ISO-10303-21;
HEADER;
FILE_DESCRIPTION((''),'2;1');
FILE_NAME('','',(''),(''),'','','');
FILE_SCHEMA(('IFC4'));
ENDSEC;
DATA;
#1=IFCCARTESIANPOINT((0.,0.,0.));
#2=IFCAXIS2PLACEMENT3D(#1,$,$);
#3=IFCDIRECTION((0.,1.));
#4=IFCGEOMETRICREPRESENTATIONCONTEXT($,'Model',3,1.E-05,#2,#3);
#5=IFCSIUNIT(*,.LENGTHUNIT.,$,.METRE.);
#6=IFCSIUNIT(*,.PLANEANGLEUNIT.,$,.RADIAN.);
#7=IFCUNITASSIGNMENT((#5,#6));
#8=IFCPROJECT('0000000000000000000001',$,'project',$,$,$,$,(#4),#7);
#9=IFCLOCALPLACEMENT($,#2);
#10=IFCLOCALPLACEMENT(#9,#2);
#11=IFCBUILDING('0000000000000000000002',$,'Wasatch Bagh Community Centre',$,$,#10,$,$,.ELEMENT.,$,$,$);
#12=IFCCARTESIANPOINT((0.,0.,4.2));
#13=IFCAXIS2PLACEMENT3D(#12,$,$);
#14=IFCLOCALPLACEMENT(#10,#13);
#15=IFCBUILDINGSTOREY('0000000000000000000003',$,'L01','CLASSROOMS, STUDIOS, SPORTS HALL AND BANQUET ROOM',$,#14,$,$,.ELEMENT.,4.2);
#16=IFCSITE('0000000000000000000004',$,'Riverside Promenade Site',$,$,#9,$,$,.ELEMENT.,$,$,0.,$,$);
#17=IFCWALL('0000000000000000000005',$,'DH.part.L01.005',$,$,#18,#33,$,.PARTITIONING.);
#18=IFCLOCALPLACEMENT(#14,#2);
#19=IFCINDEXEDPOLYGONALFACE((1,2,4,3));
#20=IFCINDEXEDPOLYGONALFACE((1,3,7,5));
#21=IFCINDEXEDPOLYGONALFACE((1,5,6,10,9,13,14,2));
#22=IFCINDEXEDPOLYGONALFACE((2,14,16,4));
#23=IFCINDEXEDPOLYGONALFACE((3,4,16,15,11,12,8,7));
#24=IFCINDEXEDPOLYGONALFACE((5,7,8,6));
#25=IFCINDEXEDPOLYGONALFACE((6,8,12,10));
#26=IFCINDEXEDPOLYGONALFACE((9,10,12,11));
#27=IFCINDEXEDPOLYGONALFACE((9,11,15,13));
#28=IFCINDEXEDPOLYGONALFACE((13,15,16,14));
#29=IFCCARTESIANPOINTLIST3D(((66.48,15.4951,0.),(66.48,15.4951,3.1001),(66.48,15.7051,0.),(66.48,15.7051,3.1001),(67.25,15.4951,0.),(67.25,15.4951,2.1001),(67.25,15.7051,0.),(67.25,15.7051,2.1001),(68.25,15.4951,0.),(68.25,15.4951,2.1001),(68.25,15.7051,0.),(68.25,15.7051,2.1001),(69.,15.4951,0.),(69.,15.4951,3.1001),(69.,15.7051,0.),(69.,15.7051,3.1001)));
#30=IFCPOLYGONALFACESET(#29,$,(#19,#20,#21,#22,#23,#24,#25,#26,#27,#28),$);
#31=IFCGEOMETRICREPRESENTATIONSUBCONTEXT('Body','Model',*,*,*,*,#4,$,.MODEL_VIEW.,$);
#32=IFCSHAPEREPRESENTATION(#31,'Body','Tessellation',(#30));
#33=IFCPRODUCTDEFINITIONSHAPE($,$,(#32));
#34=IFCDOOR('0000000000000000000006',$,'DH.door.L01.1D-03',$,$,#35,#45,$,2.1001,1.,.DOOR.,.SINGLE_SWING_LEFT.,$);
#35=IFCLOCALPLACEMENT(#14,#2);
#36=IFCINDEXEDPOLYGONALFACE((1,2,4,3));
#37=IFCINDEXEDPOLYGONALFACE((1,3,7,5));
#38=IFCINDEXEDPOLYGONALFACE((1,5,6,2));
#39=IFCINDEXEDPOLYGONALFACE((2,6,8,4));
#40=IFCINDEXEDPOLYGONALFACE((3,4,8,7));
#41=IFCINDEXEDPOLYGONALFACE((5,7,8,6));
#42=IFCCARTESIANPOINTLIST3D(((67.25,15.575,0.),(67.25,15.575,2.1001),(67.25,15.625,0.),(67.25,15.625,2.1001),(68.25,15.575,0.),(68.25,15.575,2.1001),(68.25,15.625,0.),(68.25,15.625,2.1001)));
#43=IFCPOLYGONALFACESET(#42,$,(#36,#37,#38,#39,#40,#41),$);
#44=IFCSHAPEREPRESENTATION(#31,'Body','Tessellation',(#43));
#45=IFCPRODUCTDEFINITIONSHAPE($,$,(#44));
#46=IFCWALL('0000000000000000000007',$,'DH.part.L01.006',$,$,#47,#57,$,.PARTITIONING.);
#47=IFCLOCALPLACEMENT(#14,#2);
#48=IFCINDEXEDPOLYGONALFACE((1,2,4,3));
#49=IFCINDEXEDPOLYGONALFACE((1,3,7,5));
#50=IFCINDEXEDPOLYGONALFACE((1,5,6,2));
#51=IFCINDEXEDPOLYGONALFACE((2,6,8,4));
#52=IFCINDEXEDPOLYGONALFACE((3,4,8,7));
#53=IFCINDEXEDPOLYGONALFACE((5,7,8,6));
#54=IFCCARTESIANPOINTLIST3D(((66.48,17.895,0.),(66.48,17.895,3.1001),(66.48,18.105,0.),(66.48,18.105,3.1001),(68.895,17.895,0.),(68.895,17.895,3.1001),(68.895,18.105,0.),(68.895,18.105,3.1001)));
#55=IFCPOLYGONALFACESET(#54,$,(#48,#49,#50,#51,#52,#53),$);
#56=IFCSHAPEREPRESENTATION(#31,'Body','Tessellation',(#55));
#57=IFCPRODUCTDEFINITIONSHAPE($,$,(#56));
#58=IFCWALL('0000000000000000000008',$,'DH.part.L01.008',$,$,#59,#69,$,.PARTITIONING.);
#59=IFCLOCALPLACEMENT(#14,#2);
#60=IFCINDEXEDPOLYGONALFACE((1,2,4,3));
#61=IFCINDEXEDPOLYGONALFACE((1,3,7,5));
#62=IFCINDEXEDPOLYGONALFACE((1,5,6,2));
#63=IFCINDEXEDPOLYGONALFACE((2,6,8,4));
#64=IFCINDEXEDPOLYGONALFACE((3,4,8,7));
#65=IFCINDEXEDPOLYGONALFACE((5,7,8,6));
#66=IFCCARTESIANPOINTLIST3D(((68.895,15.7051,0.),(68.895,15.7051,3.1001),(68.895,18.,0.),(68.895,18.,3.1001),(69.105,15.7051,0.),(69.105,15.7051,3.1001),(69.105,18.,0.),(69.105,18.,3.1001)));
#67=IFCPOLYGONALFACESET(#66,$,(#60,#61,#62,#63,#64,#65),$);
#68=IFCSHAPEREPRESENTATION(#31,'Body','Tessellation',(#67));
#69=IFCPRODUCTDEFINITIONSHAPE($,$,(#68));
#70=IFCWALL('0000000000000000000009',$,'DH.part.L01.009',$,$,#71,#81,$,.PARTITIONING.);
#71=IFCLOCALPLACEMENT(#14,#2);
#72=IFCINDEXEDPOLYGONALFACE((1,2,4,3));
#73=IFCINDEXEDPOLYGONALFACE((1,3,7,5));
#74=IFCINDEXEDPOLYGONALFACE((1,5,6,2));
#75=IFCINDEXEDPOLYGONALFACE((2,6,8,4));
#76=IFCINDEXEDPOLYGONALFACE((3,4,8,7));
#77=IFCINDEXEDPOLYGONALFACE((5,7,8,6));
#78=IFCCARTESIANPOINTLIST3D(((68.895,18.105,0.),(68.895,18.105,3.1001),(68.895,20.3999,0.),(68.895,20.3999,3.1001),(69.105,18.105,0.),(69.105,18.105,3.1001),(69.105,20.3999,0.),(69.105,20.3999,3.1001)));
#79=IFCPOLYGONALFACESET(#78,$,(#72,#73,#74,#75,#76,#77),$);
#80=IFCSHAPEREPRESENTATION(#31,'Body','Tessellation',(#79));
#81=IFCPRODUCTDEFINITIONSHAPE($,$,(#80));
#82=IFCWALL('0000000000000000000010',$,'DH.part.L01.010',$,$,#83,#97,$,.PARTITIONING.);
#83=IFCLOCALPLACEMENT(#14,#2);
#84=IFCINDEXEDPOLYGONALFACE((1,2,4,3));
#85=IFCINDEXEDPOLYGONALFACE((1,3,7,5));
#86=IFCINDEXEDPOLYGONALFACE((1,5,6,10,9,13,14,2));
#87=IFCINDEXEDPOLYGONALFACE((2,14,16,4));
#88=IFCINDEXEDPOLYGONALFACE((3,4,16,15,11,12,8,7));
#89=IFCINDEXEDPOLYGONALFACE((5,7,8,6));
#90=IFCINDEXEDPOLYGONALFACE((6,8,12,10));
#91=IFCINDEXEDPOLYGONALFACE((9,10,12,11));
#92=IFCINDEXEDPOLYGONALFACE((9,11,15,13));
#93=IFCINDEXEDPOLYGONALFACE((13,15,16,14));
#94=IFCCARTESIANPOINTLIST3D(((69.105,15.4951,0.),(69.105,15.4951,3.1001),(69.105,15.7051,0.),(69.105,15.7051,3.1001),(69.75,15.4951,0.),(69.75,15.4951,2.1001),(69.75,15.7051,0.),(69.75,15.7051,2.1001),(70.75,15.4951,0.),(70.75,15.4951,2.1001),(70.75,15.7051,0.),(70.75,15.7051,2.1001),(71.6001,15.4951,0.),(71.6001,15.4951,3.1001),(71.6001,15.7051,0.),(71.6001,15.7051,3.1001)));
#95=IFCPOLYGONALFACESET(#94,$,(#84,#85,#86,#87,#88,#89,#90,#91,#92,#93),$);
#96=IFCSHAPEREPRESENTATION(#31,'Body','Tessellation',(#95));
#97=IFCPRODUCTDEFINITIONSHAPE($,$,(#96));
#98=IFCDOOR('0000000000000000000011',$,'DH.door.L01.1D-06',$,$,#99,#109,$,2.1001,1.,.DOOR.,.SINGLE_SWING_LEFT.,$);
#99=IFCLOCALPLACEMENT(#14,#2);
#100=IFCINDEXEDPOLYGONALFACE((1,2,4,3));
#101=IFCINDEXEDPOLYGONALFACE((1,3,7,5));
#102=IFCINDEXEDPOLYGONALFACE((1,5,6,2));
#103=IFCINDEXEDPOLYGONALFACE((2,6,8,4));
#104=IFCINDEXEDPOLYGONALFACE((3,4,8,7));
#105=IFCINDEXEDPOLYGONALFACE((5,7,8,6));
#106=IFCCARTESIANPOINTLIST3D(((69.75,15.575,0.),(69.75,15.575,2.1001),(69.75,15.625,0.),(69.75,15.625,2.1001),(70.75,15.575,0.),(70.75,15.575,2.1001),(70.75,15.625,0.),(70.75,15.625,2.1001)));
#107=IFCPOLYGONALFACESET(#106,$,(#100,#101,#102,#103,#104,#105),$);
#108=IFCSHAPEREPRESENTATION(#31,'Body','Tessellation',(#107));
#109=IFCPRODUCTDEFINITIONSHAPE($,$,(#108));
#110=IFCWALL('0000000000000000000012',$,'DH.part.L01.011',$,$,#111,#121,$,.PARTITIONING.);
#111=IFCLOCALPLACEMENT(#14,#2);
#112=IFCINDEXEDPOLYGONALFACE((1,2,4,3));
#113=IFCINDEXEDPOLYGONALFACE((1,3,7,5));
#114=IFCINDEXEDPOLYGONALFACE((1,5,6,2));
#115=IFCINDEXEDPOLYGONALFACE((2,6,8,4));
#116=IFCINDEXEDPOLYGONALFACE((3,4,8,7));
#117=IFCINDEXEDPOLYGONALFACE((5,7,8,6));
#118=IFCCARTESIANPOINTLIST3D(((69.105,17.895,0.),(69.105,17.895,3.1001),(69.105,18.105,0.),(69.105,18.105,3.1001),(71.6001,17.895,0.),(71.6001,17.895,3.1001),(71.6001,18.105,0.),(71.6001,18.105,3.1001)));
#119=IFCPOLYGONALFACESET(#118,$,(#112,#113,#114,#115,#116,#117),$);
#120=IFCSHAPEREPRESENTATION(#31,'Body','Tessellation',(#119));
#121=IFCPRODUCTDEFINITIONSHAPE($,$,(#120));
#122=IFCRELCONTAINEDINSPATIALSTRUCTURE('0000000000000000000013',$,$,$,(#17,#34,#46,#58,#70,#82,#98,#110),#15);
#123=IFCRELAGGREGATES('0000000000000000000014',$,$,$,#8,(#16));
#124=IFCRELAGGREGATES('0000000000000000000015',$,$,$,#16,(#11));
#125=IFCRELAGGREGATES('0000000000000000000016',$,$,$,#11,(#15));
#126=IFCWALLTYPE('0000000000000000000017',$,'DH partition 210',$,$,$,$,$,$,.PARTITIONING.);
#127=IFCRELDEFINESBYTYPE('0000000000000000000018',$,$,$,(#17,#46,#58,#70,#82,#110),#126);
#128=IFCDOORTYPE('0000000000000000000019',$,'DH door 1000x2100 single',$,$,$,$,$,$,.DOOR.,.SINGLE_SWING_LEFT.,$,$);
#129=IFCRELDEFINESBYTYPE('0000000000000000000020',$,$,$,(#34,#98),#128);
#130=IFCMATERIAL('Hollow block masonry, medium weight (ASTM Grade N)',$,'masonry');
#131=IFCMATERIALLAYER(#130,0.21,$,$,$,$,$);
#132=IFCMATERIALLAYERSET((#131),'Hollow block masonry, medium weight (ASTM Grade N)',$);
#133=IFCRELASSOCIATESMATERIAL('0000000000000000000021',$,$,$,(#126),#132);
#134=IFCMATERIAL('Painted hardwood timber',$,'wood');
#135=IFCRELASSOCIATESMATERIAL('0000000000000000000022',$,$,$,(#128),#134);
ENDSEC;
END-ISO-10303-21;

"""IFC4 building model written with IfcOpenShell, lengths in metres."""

from ifc_helpers import new_model, si_unit, direction, frame, frame_2d, origin, place, context, subcontext, project, spatial, rectangle, extrude, material, layer, layer_set, type_object, element, fill, save


model = new_model("IFC4")

# Units and contexts
model_context = context("Model", 3, precision=1e-05, world=origin(), true_north=direction((0.0, 1.0)))
body_context = subcontext(model_context, "Body", "Model", "MODEL_VIEW")
ifc_project = project(units=[si_unit("LENGTHUNIT", "METRE"), si_unit("PLANEANGLEUNIT", "RADIAN")], contexts=[model_context])

# Site, building, storey
site_placement = place(None, origin())
site = spatial("IfcSite", under=ifc_project, at=site_placement, Name="Riverside Promenade Site", CompositionType="ELEMENT", RefElevation=0.0)
building_placement = place(site_placement, origin())
building = spatial("IfcBuilding", under=site, at=building_placement, Name="Wasatch Bagh Community Centre", CompositionType="ELEMENT")
storey_placement = place(building_placement, frame((0.0, 0.0, 4.2)))
storey = spatial("IfcBuildingStorey", under=building, at=storey_placement, Name="L01", Description="CLASSROOMS, STUDIOS, SPORTS HALL AND BANQUET ROOM", CompositionType="ELEMENT", Elevation=4.2)

# Shared definitions
ifc_material_1 = material(Name="Hollow block masonry, medium weight (ASTM Grade N)", Category="masonry")
ifc_layer_1 = layer(ifc_material_1, 0.21)
ifc_layer_set_1 = layer_set([ifc_layer_1], Name="Hollow block masonry, medium weight (ASTM Grade N)")
wall_type_1 = type_object("IfcWallType", Name="DH partition 210", PredefinedType="PARTITIONING", material=ifc_layer_set_1)

# Wall, opening, door
wall_1_placement = place(storey_placement, frame((66.48, 15.6001, 0.0), z_axis=(0.0, 0.0, 1.0), x_axis=(1.0, 0.0, 0.0)))
wall_1 = element("IfcWall", 1, at=wall_1_placement, inside=storey, type_object=wall_type_1, Name="DH.part.L01.005", PredefinedType="PARTITIONING", context=body_context, shape_type="SweptSolid", body=[
    extrude(rectangle(XDim=2.52, YDim=0.21, at=frame_2d((1.26, 0.0))), origin(), (0.0, 0.0, 1.0), 3.1001),
])
opening_1_placement = place(wall_1_placement, frame((0.77, 0.0, 0.0)))
opening_1 = element("IfcOpeningElement", 2, at=opening_1_placement, cuts=wall_1, PredefinedType="OPENING", context=body_context, shape_type="SweptSolid", body=[
    extrude(rectangle(XDim=1.0, YDim=2.1001, at=frame_2d((0.5, 1.05))), frame((0.0, 0.115, 0.0), z_axis=(0.0, -1.0, 0.0), x_axis=(1.0, 0.0, 0.0)), (0.0, 0.0, 1.0), 0.23),
])
ifc_material_2 = material(Name="Painted hardwood timber", Category="wood")
door_type_1 = type_object("IfcDoorType", Name="DH door 1000x2100 single", OperationType="SINGLE_SWING_LEFT", PredefinedType="DOOR", material=ifc_material_2)
door_1_placement = place(opening_1_placement, origin())
door_1 = element("IfcDoor", 3, at=door_1_placement, inside=storey, type_object=door_type_1, Name="DH.door.L01.1D-03", OperationType="SINGLE_SWING_LEFT", OverallHeight=2.1001, OverallWidth=1.0, PredefinedType="DOOR", context=body_context, shape_type="SweptSolid", body=[
    extrude(rectangle(XDim=1.0, YDim=2.1001, at=frame_2d((0.5, 1.05))), frame((0.0, 0.0249, 0.0), z_axis=(0.0, -1.0, 0.0), x_axis=(1.0, 0.0, 0.0)), (0.0, 0.0, 1.0), 0.05),
])
fill(opening_1, door_1)

# Walls
wall_2_placement = place(storey_placement, frame((68.895, 18.0, 0.0), z_axis=(0.0, 0.0, 1.0), x_axis=(-1.0, 0.0, 0.0)))
element("IfcWall", 4, at=wall_2_placement, inside=storey, type_object=wall_type_1, Name="DH.part.L01.006", PredefinedType="PARTITIONING", context=body_context, shape_type="SweptSolid", body=[
    extrude(rectangle(XDim=2.415, YDim=0.21, at=frame_2d((1.2075, 0.0))), origin(), (0.0, 0.0, 1.0), 3.1001),
])
for number, where, z_axis, x_axis, name in (
    (5, (69.0, 15.7051, 0.0), (0.0, 0.0, 1.0), (0.0, 1.0, 0.0), "DH.part.L01.008"),
    (6, (69.0, 18.105, 0.0), (0.0, 0.0, 1.0), (0.0, 1.0, 0.0), "DH.part.L01.009"),
):
    element("IfcWall", number, at=place(storey_placement, frame(where, z_axis=z_axis, x_axis=x_axis)), inside=storey, type_object=wall_type_1, Name=name, PredefinedType="PARTITIONING", context=body_context, shape_type="SweptSolid", body=[
        extrude(rectangle(XDim=2.2949, YDim=0.21, at=frame_2d((1.1475, 0.0))), origin(), (0.0, 0.0, 1.0), 3.1001),
    ])

# Wall, opening, door
wall_3_placement = place(storey_placement, frame((69.105, 15.6001, 0.0), z_axis=(0.0, 0.0, 1.0), x_axis=(1.0, 0.0, 0.0)))
wall_3 = element("IfcWall", 7, at=wall_3_placement, inside=storey, type_object=wall_type_1, Name="DH.part.L01.010", PredefinedType="PARTITIONING", context=body_context, shape_type="SweptSolid", body=[
    extrude(rectangle(XDim=2.4951, YDim=0.21, at=frame_2d((1.2476, 0.0))), origin(), (0.0, 0.0, 1.0), 3.1001),
])
opening_2_placement = place(wall_3_placement, frame((0.645, 0.0, 0.0)))
opening_2 = element("IfcOpeningElement", 8, at=opening_2_placement, cuts=wall_3, PredefinedType="OPENING", context=body_context, shape_type="SweptSolid", body=[
    extrude(rectangle(XDim=1.0, YDim=2.1001, at=frame_2d((0.5, 1.05))), frame((0.0, 0.115, 0.0), z_axis=(0.0, -1.0, 0.0), x_axis=(1.0, 0.0, 0.0)), (0.0, 0.0, 1.0), 0.23),
])
door_2_placement = place(opening_2_placement, origin())
door_2 = element("IfcDoor", 9, at=door_2_placement, inside=storey, type_object=door_type_1, Name="DH.door.L01.1D-06", OperationType="SINGLE_SWING_LEFT", OverallHeight=2.1001, OverallWidth=1.0, PredefinedType="DOOR", context=body_context, shape_type="SweptSolid", body=[
    extrude(rectangle(XDim=1.0, YDim=2.1001, at=frame_2d((0.5, 1.05))), frame((0.0, 0.0249, 0.0), z_axis=(0.0, -1.0, 0.0), x_axis=(1.0, 0.0, 0.0)), (0.0, 0.0, 1.0), 0.05),
])
fill(opening_2, door_2)

# Wall
wall_4_placement = place(storey_placement, frame((69.105, 18.0, 0.0), z_axis=(0.0, 0.0, 1.0), x_axis=(1.0, 0.0, 0.0)))
element("IfcWall", 10, at=wall_4_placement, inside=storey, type_object=wall_type_1, Name="DH.part.L01.011", PredefinedType="PARTITIONING", context=body_context, shape_type="SweptSolid", body=[
    extrude(rectangle(XDim=2.4951, YDim=0.21, at=frame_2d((1.2476, 0.0))), origin(), (0.0, 0.0, 1.0), 3.1001),
])

save(model, "model.ifc")
